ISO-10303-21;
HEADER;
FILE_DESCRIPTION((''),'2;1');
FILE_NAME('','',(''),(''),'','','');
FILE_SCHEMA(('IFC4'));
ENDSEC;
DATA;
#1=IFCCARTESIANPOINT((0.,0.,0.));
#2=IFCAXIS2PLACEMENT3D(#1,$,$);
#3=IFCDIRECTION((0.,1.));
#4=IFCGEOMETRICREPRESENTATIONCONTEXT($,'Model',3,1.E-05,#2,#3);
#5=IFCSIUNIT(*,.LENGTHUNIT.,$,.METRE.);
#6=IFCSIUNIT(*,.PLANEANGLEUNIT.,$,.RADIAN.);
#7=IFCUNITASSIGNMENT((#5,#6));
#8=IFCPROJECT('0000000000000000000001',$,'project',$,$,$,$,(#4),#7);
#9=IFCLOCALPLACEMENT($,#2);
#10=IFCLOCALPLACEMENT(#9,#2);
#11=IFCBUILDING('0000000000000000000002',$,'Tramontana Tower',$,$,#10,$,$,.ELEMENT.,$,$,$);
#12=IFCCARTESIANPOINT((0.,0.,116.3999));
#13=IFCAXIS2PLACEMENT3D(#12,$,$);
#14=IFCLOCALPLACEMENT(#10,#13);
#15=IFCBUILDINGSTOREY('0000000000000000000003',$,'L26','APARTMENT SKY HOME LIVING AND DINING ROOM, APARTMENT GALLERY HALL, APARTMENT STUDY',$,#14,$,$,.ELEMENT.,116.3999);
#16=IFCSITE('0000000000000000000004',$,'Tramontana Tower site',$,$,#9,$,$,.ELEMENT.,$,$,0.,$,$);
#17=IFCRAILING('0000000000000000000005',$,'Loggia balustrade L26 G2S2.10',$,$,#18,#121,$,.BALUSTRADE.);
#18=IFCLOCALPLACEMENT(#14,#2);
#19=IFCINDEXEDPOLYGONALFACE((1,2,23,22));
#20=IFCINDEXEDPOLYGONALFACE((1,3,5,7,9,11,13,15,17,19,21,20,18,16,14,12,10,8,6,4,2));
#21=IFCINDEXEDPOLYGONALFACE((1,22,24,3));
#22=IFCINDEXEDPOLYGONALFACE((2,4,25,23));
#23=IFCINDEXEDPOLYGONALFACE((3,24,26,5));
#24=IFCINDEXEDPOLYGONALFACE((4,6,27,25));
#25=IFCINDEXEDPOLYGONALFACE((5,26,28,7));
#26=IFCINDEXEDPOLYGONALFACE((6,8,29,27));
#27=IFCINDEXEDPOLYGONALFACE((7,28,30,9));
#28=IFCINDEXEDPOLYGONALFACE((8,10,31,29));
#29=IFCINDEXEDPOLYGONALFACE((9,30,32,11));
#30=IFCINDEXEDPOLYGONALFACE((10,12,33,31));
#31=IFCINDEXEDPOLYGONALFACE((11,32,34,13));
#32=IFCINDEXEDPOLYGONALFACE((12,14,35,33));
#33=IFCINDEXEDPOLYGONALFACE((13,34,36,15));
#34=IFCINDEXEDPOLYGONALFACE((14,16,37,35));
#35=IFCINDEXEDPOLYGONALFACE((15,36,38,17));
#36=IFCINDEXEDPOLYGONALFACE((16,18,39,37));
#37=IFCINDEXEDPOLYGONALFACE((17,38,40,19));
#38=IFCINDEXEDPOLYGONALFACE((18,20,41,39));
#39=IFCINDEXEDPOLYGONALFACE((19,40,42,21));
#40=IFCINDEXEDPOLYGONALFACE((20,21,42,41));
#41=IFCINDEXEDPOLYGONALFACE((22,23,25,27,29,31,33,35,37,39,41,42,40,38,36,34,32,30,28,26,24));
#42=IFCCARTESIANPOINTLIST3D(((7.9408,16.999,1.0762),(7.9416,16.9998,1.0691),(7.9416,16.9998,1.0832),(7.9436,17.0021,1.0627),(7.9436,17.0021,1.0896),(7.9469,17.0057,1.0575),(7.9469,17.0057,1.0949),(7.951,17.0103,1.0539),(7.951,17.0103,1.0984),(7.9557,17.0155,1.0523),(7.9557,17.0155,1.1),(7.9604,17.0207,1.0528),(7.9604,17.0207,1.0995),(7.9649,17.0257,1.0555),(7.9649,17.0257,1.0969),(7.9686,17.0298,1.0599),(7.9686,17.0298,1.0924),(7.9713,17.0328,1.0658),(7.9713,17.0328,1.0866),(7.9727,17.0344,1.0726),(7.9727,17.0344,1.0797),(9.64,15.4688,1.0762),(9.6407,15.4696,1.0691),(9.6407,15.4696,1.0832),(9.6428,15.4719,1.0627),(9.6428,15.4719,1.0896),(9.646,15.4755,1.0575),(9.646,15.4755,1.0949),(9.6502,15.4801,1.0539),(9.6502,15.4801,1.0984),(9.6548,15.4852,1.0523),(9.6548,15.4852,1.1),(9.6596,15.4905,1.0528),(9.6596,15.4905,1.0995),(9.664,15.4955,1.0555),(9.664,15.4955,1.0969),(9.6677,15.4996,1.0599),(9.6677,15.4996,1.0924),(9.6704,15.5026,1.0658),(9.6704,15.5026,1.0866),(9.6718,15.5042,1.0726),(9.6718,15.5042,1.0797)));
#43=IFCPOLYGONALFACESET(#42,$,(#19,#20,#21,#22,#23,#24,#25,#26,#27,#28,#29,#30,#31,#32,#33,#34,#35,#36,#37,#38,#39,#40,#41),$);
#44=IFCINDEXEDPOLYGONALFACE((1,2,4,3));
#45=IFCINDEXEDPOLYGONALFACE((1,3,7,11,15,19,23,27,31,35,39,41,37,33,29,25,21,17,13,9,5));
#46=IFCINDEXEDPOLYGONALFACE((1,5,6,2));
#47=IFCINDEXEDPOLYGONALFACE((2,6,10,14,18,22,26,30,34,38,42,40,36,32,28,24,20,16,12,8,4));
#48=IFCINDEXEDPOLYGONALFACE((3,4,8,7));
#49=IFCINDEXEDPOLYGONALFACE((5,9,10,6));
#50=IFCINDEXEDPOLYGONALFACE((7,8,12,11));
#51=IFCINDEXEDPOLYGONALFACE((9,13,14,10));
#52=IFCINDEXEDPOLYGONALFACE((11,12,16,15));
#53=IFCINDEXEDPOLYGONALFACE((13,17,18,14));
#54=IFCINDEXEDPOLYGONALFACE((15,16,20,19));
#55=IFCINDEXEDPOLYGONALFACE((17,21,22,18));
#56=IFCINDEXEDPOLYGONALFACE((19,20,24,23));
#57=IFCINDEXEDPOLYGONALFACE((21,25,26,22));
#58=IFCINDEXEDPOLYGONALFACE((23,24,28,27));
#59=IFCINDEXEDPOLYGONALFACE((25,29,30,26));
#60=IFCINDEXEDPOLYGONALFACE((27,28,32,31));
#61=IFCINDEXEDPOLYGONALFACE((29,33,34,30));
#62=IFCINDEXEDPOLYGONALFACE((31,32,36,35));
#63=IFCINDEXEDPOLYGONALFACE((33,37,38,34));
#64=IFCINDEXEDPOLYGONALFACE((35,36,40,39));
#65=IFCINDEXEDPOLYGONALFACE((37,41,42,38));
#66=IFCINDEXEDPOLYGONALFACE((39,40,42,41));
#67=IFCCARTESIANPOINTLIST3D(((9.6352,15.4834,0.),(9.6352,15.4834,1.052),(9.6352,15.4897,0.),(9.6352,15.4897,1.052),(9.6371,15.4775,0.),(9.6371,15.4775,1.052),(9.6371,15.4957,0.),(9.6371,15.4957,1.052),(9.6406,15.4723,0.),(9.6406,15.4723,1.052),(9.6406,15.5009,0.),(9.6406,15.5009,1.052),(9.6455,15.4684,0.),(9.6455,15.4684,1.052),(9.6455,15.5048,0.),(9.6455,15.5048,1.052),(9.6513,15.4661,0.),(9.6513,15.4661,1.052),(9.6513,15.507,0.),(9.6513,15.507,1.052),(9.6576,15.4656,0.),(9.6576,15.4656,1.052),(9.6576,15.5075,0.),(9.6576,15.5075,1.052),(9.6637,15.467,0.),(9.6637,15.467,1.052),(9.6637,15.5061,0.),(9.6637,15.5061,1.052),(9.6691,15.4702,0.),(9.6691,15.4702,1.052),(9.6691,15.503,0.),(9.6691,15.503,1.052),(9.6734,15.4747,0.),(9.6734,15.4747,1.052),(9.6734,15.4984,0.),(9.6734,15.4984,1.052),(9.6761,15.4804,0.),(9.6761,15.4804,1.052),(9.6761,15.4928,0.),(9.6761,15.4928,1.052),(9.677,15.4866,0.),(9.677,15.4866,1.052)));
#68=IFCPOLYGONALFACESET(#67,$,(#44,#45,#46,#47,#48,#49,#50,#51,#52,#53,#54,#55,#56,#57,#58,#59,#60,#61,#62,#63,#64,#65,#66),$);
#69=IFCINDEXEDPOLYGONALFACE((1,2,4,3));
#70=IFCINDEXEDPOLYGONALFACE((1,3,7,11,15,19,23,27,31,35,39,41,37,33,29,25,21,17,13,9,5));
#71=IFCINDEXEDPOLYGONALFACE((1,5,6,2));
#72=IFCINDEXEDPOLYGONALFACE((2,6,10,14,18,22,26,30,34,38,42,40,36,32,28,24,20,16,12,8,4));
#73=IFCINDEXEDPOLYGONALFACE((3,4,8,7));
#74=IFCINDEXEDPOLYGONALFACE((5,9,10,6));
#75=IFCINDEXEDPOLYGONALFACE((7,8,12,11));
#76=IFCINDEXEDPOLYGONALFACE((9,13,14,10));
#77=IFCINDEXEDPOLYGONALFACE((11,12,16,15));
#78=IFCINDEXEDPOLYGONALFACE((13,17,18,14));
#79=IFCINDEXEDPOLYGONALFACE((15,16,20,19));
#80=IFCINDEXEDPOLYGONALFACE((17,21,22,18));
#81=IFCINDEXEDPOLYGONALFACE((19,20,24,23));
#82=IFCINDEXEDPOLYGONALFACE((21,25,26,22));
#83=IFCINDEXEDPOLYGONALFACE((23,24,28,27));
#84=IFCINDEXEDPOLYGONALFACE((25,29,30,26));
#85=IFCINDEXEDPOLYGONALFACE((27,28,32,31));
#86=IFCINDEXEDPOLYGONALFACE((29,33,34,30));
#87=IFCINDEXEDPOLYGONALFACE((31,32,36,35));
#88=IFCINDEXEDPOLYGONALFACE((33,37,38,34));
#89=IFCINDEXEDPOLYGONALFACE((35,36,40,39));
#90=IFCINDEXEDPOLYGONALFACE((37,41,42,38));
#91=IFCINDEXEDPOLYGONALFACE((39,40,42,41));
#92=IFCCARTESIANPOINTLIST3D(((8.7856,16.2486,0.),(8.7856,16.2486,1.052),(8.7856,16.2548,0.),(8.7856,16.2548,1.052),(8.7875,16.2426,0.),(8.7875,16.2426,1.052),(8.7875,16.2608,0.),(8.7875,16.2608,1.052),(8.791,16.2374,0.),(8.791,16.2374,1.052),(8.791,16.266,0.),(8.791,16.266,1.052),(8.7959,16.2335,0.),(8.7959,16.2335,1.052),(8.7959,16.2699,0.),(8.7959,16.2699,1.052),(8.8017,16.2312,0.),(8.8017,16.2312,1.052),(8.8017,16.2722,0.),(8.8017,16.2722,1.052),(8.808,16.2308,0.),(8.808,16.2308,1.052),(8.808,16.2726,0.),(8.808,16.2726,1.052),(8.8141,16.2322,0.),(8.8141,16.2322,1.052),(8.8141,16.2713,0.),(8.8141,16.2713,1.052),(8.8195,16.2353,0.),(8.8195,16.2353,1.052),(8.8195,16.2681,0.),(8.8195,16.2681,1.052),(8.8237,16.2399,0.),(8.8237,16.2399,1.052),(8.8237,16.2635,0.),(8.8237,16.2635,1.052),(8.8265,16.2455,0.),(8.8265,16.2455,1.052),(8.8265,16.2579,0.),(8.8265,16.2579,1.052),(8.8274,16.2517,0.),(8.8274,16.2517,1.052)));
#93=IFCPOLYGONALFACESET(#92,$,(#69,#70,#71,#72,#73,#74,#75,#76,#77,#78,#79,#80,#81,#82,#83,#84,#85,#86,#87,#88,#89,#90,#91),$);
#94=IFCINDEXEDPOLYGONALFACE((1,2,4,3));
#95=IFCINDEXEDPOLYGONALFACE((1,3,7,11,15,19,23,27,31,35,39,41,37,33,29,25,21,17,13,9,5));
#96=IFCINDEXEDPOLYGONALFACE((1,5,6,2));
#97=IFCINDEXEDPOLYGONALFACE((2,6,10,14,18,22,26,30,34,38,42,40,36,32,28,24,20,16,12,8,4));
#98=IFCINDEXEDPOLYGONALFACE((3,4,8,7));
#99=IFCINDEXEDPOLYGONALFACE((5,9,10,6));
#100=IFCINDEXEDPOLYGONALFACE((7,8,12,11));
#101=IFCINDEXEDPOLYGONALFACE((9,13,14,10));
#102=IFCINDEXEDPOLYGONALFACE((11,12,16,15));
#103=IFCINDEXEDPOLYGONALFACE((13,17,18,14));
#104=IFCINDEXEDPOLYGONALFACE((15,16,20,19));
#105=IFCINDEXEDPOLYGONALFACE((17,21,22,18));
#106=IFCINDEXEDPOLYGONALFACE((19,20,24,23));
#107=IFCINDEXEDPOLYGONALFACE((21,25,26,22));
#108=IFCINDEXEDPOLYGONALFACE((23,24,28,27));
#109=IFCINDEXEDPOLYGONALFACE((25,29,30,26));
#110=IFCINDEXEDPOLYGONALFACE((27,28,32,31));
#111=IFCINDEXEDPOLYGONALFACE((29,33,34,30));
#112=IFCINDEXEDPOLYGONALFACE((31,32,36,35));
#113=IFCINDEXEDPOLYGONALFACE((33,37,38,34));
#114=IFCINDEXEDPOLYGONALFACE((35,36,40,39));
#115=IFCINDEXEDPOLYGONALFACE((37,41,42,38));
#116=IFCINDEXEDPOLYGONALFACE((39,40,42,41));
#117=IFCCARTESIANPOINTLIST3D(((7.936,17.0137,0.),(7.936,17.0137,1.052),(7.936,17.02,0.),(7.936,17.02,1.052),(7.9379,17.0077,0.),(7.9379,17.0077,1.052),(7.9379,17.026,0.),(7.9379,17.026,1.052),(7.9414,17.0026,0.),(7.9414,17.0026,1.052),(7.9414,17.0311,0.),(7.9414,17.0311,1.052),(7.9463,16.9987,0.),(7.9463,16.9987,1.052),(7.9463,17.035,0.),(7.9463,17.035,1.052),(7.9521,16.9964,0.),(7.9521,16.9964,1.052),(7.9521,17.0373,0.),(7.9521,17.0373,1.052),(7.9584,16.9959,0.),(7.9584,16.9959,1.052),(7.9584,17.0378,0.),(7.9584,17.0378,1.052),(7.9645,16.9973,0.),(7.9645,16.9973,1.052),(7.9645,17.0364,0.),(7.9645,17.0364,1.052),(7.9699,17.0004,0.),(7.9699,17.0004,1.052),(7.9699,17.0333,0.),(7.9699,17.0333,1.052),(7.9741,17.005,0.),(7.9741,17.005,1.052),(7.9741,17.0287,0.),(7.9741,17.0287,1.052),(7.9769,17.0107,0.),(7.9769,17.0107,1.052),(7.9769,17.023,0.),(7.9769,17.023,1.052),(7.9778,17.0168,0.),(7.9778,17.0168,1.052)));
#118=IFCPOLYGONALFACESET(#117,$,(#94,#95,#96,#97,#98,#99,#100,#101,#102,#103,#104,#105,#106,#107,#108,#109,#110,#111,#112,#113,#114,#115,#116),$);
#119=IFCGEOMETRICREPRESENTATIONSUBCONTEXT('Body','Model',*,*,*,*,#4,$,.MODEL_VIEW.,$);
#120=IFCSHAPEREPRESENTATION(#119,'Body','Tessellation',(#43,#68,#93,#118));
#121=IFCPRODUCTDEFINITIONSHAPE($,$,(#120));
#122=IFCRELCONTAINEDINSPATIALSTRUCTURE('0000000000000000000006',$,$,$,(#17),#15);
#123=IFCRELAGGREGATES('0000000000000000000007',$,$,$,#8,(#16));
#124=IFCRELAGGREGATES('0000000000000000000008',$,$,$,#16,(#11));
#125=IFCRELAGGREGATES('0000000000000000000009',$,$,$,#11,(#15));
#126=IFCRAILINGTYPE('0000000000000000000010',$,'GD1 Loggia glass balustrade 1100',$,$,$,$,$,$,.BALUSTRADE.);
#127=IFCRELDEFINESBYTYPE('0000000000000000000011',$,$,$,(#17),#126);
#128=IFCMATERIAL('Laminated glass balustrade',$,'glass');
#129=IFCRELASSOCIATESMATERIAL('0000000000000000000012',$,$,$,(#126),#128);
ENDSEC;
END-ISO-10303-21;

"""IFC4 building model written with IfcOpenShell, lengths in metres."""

from ifc_helpers import new_model, si_unit, direction, frame, origin, origin_2d, place, context, subcontext, project, spatial, circle, extrude, material, type_object, element, save


model = new_model("IFC4")

# Units and contexts
model_context = context("Model", 3, precision=1e-05, world=origin(), true_north=direction((0.0, 1.0)))
body_context = subcontext(model_context, "Body", "Model", "MODEL_VIEW")
ifc_project = project(units=[si_unit("LENGTHUNIT", "METRE"), si_unit("PLANEANGLEUNIT", "RADIAN")], contexts=[model_context])

# Site, building, storey
site_placement = place(None, origin())
site = spatial("IfcSite", under=ifc_project, at=site_placement, Name="Tramontana Tower site", CompositionType="ELEMENT", RefElevation=0.0)
building_placement = place(site_placement, origin())
building = spatial("IfcBuilding", under=site, at=building_placement, Name="Tramontana Tower", CompositionType="ELEMENT")
storey_placement = place(building_placement, frame((0.0, 0.0, 116.3999)))
storey = spatial("IfcBuildingStorey", under=building, at=storey_placement, Name="L26", Description="APARTMENT SKY HOME LIVING AND DINING ROOM, APARTMENT GALLERY HALL, APARTMENT STUDY", CompositionType="ELEMENT", Elevation=116.3999)

# Railing
ifc_material_1 = material(Name="Laminated glass balustrade", Category="glass")
railing_type = type_object("IfcRailingType", Name="GD1 Loggia glass balustrade 1100", PredefinedType="BALUSTRADE", material=ifc_material_1)
railing_1_placement = place(storey_placement, frame((9.656, 15.4866, 0.0)))
element("IfcRailing", 1, at=railing_1_placement, inside=storey, type_object=railing_type, Name="Loggia balustrade L26 G2S2.10", PredefinedType="BALUSTRADE", context=body_context, shape_type="SweptSolid", body=[
    extrude(circle(Radius=0.0239, at=origin_2d()), frame((0.0, 0.0, 1.0762), z_axis=(-0.743082, 0.669201, 0.0), x_axis=(-0.669201, -0.743082, 0.0)), (0.0, 0.0, 1.0), 2.2866),
    extrude(circle(Radius=0.021, at=origin_2d()), origin(), (0.0, 0.0, 1.0), 1.052),
    extrude(circle(Radius=0.021, at=origin_2d()), frame((-0.8496, 0.7651, 0.0)), (0.0, 0.0, 1.0), 1.052),
    extrude(circle(Radius=0.021, at=origin_2d()), frame((-1.6992, 1.5303, 0.0)), (0.0, 0.0, 1.0), 1.052),
])

save(model, "model.ifc")
